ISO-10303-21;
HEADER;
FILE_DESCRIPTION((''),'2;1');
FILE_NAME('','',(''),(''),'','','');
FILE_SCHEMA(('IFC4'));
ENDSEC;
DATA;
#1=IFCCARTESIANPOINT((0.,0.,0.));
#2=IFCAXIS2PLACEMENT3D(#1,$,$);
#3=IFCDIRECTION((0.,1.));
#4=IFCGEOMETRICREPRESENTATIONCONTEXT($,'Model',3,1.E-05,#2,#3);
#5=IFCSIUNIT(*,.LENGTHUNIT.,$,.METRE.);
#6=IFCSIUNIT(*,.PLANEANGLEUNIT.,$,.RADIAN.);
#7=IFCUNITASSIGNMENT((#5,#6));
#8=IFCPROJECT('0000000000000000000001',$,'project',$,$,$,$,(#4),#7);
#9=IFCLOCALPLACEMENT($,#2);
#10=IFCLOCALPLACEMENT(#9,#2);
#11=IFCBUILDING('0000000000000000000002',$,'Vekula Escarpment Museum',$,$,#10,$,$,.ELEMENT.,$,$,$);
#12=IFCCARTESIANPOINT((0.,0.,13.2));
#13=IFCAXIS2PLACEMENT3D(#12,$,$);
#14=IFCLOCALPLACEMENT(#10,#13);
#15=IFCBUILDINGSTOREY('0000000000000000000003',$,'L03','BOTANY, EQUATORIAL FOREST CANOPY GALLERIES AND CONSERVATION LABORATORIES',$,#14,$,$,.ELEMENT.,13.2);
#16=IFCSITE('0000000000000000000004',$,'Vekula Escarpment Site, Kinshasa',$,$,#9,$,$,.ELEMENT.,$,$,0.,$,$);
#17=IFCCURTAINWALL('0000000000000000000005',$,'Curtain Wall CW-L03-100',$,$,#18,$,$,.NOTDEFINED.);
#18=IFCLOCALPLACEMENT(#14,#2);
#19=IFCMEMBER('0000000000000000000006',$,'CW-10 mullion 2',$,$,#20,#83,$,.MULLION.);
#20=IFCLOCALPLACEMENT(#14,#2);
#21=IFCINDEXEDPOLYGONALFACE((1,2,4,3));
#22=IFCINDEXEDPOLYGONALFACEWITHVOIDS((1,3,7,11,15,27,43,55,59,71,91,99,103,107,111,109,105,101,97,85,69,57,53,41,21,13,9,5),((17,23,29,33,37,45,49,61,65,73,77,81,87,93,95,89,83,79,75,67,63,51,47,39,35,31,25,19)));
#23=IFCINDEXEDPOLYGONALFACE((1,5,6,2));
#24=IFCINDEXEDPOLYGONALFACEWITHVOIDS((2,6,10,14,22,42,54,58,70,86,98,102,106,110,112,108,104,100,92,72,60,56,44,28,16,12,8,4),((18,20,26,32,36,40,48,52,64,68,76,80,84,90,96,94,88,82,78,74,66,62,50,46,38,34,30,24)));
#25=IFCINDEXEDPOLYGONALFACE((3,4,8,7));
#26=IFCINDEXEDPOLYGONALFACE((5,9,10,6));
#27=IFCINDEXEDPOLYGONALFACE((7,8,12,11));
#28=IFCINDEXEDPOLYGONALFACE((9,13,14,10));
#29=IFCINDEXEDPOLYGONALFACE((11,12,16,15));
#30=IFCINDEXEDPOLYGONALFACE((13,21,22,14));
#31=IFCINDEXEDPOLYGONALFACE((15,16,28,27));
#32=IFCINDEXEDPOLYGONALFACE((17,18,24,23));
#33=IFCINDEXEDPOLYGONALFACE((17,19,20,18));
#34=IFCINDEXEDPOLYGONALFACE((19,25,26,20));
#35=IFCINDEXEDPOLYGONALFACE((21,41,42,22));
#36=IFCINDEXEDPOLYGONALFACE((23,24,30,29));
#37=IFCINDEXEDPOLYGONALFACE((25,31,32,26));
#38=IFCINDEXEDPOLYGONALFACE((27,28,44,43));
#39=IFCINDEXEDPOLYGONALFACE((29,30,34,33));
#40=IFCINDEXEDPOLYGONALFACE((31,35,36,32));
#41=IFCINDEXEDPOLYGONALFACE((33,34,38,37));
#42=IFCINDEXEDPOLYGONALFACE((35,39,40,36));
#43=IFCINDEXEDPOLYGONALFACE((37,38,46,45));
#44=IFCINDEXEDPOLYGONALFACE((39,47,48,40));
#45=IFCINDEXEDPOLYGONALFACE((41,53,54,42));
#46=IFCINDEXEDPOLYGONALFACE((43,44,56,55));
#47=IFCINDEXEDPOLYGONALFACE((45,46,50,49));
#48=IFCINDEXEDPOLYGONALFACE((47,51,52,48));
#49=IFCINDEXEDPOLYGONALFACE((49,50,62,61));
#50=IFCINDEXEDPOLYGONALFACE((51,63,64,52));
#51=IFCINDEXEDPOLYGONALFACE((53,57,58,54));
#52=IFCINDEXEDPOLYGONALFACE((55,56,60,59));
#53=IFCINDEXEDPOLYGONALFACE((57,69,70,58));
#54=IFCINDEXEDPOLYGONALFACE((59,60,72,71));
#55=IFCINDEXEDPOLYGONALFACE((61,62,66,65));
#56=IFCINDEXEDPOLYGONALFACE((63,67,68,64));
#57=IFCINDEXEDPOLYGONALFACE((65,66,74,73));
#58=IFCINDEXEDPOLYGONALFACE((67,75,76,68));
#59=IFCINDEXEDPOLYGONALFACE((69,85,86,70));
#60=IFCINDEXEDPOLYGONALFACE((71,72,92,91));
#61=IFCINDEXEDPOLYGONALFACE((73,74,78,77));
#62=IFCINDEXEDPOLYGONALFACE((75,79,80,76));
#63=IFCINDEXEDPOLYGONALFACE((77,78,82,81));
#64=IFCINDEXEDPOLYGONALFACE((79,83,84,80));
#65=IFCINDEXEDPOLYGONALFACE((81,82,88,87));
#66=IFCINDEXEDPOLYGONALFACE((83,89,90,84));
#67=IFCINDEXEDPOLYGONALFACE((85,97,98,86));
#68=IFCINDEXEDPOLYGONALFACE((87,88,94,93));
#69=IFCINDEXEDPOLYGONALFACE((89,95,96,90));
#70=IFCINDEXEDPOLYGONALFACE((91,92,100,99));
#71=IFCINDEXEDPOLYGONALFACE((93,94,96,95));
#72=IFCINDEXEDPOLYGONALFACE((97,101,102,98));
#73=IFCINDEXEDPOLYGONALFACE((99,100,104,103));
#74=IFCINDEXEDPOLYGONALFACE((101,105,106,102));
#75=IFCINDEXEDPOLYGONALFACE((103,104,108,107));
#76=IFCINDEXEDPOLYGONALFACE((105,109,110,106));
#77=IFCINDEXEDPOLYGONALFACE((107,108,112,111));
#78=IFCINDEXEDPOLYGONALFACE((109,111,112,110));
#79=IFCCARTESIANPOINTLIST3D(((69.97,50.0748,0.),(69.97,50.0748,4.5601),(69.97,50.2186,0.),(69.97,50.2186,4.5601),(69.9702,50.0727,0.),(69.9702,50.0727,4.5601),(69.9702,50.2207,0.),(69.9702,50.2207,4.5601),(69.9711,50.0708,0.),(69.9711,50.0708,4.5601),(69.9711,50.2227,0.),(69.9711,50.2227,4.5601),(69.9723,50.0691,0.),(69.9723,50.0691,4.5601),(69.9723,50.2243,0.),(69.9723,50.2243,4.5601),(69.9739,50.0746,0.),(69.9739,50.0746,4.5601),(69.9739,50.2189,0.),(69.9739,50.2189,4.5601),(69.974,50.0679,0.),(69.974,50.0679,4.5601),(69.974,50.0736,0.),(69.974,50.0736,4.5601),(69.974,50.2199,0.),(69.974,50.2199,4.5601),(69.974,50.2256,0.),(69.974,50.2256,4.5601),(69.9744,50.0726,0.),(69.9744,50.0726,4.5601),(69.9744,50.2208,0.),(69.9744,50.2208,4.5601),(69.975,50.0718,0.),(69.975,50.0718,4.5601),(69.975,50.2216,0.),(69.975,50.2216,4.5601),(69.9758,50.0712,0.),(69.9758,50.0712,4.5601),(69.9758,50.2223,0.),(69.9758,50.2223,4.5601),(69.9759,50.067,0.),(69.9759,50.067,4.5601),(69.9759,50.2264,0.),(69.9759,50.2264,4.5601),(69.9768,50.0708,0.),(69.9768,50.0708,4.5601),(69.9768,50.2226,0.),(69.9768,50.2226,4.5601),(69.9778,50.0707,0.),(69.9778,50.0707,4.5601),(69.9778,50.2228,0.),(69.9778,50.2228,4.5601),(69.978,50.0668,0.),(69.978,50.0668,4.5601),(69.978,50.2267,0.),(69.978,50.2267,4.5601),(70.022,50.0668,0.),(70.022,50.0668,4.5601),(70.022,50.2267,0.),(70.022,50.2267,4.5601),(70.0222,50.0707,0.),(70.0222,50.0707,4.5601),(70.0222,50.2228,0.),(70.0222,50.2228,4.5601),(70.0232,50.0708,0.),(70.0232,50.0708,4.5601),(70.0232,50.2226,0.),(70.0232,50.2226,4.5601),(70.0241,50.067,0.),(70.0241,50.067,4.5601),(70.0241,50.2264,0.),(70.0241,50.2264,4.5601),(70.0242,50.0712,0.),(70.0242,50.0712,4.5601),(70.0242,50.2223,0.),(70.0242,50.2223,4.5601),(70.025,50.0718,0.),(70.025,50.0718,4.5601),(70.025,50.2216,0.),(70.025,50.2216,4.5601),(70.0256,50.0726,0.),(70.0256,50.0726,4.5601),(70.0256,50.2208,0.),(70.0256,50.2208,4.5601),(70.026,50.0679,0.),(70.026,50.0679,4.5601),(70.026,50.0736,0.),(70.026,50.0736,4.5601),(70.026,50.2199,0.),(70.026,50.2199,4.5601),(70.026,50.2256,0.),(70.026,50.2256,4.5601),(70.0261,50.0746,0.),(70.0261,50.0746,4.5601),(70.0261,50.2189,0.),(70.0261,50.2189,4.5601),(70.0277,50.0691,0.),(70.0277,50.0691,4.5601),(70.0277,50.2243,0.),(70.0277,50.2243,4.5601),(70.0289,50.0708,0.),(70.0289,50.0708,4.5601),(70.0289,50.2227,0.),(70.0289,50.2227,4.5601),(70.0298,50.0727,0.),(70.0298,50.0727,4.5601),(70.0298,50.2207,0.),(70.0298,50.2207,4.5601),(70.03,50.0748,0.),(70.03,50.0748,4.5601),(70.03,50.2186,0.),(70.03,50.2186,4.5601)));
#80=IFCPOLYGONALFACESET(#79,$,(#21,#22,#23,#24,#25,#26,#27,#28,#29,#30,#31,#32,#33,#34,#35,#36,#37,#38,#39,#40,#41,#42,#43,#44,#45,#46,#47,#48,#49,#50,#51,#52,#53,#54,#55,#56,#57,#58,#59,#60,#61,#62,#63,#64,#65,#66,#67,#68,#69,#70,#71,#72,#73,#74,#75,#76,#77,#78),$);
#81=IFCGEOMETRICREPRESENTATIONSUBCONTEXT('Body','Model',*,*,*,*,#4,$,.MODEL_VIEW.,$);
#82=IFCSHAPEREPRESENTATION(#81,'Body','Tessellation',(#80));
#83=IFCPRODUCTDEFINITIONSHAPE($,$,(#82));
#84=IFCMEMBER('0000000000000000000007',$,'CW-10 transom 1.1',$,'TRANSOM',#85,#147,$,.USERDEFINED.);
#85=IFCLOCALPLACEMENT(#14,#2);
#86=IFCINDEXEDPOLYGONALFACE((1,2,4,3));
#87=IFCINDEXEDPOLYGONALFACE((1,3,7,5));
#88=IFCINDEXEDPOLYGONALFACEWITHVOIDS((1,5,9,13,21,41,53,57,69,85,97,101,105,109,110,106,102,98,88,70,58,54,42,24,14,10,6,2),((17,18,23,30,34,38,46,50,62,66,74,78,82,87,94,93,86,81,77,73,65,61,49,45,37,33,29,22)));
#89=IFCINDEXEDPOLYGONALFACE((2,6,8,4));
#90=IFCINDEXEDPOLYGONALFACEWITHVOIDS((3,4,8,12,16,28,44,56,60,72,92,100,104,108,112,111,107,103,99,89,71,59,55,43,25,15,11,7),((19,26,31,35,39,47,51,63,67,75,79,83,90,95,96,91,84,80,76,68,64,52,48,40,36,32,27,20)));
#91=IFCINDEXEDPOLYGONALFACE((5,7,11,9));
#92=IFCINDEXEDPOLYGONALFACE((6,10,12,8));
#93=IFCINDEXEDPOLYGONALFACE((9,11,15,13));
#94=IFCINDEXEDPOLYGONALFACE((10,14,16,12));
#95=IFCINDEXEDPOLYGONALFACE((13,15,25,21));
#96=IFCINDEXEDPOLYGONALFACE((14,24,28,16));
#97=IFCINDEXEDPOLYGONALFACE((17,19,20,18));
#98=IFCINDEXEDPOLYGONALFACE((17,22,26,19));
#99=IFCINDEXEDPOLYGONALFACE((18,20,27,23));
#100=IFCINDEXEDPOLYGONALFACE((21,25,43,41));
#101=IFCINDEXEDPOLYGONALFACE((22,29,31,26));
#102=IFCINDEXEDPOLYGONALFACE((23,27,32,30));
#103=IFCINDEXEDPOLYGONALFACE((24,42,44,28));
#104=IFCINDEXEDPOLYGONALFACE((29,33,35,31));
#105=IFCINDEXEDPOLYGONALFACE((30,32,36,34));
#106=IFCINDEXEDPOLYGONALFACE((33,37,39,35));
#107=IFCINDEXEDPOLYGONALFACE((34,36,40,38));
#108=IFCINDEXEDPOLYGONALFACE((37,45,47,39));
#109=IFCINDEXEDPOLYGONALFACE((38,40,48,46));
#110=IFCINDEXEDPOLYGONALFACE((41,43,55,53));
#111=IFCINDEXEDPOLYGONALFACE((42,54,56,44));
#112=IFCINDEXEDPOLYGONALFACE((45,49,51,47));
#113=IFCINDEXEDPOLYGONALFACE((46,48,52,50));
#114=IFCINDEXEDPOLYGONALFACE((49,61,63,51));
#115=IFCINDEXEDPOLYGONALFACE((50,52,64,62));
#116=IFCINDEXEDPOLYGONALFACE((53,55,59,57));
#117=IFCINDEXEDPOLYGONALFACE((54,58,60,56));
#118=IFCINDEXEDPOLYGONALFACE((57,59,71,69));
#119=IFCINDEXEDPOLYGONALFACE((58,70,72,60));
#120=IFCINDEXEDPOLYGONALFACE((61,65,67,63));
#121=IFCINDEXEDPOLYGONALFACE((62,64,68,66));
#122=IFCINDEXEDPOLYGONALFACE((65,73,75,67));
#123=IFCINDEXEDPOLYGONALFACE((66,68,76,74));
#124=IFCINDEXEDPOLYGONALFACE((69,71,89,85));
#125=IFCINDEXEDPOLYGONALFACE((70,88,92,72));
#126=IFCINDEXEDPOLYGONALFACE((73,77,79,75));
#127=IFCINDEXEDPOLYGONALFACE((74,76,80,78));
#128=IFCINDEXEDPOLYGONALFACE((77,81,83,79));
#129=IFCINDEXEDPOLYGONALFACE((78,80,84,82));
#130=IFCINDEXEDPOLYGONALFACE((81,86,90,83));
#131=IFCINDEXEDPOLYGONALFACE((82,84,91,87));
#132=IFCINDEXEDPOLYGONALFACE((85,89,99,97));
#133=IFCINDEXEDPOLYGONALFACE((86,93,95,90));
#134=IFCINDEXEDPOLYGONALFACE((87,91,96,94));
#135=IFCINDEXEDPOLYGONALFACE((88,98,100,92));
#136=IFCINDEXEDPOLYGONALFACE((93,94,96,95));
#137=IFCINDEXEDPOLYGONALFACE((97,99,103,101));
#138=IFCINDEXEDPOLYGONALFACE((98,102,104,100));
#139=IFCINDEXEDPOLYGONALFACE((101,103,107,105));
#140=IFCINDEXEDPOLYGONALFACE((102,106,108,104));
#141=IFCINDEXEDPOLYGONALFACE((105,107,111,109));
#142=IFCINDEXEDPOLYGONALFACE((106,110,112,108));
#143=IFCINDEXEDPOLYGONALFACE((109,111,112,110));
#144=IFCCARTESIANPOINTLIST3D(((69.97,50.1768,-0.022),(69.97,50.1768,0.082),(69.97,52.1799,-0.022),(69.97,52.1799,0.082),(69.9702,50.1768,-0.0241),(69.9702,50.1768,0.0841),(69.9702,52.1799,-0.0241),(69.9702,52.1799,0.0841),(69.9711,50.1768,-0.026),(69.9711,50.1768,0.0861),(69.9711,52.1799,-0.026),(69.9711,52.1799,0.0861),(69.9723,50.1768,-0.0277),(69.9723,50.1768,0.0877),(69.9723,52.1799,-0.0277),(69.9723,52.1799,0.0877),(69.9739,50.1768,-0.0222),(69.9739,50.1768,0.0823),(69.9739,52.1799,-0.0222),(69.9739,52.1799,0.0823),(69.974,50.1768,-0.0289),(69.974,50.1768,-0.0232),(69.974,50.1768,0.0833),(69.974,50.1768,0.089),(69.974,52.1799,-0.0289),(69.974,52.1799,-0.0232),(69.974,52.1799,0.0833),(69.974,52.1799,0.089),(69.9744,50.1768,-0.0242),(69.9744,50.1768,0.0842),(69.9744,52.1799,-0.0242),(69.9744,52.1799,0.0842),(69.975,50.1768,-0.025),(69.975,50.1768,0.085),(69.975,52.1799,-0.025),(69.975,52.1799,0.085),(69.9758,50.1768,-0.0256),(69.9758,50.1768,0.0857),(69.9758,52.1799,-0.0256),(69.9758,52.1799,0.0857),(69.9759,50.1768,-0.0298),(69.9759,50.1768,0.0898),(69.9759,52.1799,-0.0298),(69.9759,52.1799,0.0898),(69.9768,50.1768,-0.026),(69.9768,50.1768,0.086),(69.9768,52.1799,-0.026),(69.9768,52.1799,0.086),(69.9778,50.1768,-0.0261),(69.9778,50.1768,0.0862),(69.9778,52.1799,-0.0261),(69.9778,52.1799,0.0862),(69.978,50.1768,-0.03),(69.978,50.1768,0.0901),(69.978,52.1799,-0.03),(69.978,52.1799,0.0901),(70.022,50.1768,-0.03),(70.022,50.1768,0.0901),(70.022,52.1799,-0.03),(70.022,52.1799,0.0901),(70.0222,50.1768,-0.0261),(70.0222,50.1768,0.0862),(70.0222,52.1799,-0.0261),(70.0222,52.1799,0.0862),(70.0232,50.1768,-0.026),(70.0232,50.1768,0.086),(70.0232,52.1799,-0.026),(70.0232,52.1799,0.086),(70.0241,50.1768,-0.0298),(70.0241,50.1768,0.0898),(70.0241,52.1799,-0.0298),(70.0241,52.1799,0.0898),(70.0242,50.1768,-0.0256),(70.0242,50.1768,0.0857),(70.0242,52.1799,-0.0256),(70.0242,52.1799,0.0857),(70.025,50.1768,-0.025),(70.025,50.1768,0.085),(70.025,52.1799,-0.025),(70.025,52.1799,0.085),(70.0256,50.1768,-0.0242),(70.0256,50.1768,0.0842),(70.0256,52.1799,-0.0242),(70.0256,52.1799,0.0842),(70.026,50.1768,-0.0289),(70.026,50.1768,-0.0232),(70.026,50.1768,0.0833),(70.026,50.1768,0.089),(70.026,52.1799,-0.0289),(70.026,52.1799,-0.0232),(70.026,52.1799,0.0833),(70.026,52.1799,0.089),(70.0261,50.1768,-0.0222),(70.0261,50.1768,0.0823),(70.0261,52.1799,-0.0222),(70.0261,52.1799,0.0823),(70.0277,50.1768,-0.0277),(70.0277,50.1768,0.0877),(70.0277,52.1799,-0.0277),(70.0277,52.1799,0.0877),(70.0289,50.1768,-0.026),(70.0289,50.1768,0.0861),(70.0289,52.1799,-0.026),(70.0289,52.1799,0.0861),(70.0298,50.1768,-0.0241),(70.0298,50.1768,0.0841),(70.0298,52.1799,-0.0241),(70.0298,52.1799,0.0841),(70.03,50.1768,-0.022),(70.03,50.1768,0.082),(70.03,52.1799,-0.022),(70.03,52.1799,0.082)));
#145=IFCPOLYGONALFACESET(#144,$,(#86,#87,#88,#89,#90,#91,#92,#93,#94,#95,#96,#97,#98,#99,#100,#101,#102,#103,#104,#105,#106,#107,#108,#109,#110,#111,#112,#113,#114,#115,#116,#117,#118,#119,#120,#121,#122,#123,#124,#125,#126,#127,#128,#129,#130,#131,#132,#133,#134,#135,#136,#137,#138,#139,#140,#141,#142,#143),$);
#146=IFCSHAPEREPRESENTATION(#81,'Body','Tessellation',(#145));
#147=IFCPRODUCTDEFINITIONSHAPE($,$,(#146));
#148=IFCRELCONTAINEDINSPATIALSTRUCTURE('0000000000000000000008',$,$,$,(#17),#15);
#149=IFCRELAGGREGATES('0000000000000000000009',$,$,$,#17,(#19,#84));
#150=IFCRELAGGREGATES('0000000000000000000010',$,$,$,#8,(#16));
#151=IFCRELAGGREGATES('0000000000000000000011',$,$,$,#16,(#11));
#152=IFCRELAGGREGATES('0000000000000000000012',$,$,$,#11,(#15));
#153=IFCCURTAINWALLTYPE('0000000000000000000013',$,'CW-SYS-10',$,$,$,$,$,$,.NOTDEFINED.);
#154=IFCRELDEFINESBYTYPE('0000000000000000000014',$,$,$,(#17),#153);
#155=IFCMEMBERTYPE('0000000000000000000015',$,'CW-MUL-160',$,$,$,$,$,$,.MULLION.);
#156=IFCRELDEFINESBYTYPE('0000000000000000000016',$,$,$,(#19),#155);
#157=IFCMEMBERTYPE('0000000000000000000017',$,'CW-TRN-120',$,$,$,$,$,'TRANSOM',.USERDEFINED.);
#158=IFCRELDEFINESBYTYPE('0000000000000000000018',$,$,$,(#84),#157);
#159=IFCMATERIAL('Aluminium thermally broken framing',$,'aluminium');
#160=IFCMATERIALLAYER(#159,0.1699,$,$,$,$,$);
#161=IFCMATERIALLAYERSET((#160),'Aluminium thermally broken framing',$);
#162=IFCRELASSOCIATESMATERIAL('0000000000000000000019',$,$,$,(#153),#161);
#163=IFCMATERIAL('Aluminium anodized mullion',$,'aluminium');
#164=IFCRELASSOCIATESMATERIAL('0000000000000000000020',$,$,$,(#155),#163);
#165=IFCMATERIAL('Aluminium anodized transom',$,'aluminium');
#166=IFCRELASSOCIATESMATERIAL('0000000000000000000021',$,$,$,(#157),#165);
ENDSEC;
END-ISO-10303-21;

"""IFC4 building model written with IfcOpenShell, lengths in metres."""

from ifc_helpers import new_model, si_unit, direction, frame, origin, origin_2d, place, context, subcontext, project, spatial, hollow_rectangle, extrude, material, layer, layer_set, material_profile, profile_set, type_object, element, aggregate, save


model = new_model("IFC4")

# Units and contexts
model_context = context("Model", 3, precision=1e-05, world=origin(), true_north=direction((0.0, 1.0)))
body_context = subcontext(model_context, "Body", "Model", "MODEL_VIEW")
ifc_project = project(units=[si_unit("LENGTHUNIT", "METRE"), si_unit("PLANEANGLEUNIT", "RADIAN")], contexts=[model_context])

# Site, building, storey
site_placement = place(None, origin())
site = spatial("IfcSite", under=ifc_project, at=site_placement, Name="Vekula Escarpment Site, Kinshasa", CompositionType="ELEMENT", RefElevation=0.0)
building_placement = place(site_placement, origin())
building = spatial("IfcBuilding", under=site, at=building_placement, Name="Vekula Escarpment Museum", CompositionType="ELEMENT")
storey_placement = place(building_placement, frame((0.0, 0.0, 13.2)))
storey = spatial("IfcBuildingStorey", under=building, at=storey_placement, Name="L03", Description="BOTANY, EQUATORIAL FOREST CANOPY GALLERIES AND CONSERVATION LABORATORIES", CompositionType="ELEMENT", Elevation=13.2)

# Curtain wall, members
ifc_material_1 = material(Name="Aluminium thermally broken framing", Category="aluminium")
ifc_layer_1 = layer(ifc_material_1, 0.1699)
ifc_layer_set_1 = layer_set([ifc_layer_1], Name="Aluminium thermally broken framing")
curtain_wall_type = type_object("IfcCurtainWallType", Name="CW-SYS-10", PredefinedType="NOTDEFINED", material=ifc_layer_set_1)
curtain_wall_placement = place(storey_placement, origin())
curtain_wall = element("IfcCurtainWall", 1, at=curtain_wall_placement, inside=storey, type_object=curtain_wall_type, Name="Curtain Wall CW-L03-100", PredefinedType="NOTDEFINED")
ifc_material_2 = material(Name="Aluminium anodized mullion", Category="aluminium")
ifc_material_profile_1 = material_profile(ifc_material_2, hollow_rectangle(XDim=0.0601, YDim=0.1599, WallThickness=0.0039, InnerFilletRadius=0.0039, OuterFilletRadius=0.0081, at=origin_2d()), Name="ALU 160x60x4")
ifc_profile_set_1 = profile_set([ifc_material_profile_1], Name="Aluminium anodized mullion")
member_type_1 = type_object("IfcMemberType", Name="CW-MUL-160", PredefinedType="MULLION", material=ifc_profile_set_1)
member_1_placement = place(storey_placement, frame((70.0, 50.1467, 0.0), z_axis=(0.0, 0.0, 1.0), x_axis=(1.0, 0.0, 0.0)))
member_1 = element("IfcMember", 2, at=member_1_placement, type_object=member_type_1, Name="CW-10 mullion 2", PredefinedType="MULLION", context=body_context, shape_type="SweptSolid", body=[
    extrude(hollow_rectangle(XDim=0.0601, YDim=0.1599, WallThickness=0.0039, InnerFilletRadius=0.0039, OuterFilletRadius=0.0081, at=origin_2d()), origin(), (0.0, 0.0, 1.0), 4.5601),
])
ifc_material_3 = material(Name="Aluminium anodized transom", Category="aluminium")
ifc_material_profile_2 = material_profile(ifc_material_3, hollow_rectangle(XDim=0.0601, YDim=0.1201, WallThickness=0.0039, InnerFilletRadius=0.0039, OuterFilletRadius=0.0081, at=origin_2d()), Name="ALU 120x60x4")
ifc_profile_set_2 = profile_set([ifc_material_profile_2], Name="Aluminium anodized transom")
member_type_2 = type_object("IfcMemberType", Name="CW-TRN-120", ElementType="TRANSOM", PredefinedType="USERDEFINED", material=ifc_profile_set_2)
member_2_placement = place(storey_placement, frame((70.0, 52.1799, 0.03), z_axis=(0.0, -1.0, 0.0), x_axis=(1.0, 0.0, 0.0)))
member_2 = element("IfcMember", 3, at=member_2_placement, type_object=member_type_2, Name="CW-10 transom 1.1", ObjectType="TRANSOM", PredefinedType="USERDEFINED", context=body_context, shape_type="SweptSolid", body=[
    extrude(hollow_rectangle(XDim=0.0601, YDim=0.1201, WallThickness=0.0039, InnerFilletRadius=0.0039, OuterFilletRadius=0.0081, at=origin_2d()), origin(), (0.0, 0.0, 1.0), 2.0032),
])
aggregate(curtain_wall, [member_1, member_2])

save(model, "model.ifc")
